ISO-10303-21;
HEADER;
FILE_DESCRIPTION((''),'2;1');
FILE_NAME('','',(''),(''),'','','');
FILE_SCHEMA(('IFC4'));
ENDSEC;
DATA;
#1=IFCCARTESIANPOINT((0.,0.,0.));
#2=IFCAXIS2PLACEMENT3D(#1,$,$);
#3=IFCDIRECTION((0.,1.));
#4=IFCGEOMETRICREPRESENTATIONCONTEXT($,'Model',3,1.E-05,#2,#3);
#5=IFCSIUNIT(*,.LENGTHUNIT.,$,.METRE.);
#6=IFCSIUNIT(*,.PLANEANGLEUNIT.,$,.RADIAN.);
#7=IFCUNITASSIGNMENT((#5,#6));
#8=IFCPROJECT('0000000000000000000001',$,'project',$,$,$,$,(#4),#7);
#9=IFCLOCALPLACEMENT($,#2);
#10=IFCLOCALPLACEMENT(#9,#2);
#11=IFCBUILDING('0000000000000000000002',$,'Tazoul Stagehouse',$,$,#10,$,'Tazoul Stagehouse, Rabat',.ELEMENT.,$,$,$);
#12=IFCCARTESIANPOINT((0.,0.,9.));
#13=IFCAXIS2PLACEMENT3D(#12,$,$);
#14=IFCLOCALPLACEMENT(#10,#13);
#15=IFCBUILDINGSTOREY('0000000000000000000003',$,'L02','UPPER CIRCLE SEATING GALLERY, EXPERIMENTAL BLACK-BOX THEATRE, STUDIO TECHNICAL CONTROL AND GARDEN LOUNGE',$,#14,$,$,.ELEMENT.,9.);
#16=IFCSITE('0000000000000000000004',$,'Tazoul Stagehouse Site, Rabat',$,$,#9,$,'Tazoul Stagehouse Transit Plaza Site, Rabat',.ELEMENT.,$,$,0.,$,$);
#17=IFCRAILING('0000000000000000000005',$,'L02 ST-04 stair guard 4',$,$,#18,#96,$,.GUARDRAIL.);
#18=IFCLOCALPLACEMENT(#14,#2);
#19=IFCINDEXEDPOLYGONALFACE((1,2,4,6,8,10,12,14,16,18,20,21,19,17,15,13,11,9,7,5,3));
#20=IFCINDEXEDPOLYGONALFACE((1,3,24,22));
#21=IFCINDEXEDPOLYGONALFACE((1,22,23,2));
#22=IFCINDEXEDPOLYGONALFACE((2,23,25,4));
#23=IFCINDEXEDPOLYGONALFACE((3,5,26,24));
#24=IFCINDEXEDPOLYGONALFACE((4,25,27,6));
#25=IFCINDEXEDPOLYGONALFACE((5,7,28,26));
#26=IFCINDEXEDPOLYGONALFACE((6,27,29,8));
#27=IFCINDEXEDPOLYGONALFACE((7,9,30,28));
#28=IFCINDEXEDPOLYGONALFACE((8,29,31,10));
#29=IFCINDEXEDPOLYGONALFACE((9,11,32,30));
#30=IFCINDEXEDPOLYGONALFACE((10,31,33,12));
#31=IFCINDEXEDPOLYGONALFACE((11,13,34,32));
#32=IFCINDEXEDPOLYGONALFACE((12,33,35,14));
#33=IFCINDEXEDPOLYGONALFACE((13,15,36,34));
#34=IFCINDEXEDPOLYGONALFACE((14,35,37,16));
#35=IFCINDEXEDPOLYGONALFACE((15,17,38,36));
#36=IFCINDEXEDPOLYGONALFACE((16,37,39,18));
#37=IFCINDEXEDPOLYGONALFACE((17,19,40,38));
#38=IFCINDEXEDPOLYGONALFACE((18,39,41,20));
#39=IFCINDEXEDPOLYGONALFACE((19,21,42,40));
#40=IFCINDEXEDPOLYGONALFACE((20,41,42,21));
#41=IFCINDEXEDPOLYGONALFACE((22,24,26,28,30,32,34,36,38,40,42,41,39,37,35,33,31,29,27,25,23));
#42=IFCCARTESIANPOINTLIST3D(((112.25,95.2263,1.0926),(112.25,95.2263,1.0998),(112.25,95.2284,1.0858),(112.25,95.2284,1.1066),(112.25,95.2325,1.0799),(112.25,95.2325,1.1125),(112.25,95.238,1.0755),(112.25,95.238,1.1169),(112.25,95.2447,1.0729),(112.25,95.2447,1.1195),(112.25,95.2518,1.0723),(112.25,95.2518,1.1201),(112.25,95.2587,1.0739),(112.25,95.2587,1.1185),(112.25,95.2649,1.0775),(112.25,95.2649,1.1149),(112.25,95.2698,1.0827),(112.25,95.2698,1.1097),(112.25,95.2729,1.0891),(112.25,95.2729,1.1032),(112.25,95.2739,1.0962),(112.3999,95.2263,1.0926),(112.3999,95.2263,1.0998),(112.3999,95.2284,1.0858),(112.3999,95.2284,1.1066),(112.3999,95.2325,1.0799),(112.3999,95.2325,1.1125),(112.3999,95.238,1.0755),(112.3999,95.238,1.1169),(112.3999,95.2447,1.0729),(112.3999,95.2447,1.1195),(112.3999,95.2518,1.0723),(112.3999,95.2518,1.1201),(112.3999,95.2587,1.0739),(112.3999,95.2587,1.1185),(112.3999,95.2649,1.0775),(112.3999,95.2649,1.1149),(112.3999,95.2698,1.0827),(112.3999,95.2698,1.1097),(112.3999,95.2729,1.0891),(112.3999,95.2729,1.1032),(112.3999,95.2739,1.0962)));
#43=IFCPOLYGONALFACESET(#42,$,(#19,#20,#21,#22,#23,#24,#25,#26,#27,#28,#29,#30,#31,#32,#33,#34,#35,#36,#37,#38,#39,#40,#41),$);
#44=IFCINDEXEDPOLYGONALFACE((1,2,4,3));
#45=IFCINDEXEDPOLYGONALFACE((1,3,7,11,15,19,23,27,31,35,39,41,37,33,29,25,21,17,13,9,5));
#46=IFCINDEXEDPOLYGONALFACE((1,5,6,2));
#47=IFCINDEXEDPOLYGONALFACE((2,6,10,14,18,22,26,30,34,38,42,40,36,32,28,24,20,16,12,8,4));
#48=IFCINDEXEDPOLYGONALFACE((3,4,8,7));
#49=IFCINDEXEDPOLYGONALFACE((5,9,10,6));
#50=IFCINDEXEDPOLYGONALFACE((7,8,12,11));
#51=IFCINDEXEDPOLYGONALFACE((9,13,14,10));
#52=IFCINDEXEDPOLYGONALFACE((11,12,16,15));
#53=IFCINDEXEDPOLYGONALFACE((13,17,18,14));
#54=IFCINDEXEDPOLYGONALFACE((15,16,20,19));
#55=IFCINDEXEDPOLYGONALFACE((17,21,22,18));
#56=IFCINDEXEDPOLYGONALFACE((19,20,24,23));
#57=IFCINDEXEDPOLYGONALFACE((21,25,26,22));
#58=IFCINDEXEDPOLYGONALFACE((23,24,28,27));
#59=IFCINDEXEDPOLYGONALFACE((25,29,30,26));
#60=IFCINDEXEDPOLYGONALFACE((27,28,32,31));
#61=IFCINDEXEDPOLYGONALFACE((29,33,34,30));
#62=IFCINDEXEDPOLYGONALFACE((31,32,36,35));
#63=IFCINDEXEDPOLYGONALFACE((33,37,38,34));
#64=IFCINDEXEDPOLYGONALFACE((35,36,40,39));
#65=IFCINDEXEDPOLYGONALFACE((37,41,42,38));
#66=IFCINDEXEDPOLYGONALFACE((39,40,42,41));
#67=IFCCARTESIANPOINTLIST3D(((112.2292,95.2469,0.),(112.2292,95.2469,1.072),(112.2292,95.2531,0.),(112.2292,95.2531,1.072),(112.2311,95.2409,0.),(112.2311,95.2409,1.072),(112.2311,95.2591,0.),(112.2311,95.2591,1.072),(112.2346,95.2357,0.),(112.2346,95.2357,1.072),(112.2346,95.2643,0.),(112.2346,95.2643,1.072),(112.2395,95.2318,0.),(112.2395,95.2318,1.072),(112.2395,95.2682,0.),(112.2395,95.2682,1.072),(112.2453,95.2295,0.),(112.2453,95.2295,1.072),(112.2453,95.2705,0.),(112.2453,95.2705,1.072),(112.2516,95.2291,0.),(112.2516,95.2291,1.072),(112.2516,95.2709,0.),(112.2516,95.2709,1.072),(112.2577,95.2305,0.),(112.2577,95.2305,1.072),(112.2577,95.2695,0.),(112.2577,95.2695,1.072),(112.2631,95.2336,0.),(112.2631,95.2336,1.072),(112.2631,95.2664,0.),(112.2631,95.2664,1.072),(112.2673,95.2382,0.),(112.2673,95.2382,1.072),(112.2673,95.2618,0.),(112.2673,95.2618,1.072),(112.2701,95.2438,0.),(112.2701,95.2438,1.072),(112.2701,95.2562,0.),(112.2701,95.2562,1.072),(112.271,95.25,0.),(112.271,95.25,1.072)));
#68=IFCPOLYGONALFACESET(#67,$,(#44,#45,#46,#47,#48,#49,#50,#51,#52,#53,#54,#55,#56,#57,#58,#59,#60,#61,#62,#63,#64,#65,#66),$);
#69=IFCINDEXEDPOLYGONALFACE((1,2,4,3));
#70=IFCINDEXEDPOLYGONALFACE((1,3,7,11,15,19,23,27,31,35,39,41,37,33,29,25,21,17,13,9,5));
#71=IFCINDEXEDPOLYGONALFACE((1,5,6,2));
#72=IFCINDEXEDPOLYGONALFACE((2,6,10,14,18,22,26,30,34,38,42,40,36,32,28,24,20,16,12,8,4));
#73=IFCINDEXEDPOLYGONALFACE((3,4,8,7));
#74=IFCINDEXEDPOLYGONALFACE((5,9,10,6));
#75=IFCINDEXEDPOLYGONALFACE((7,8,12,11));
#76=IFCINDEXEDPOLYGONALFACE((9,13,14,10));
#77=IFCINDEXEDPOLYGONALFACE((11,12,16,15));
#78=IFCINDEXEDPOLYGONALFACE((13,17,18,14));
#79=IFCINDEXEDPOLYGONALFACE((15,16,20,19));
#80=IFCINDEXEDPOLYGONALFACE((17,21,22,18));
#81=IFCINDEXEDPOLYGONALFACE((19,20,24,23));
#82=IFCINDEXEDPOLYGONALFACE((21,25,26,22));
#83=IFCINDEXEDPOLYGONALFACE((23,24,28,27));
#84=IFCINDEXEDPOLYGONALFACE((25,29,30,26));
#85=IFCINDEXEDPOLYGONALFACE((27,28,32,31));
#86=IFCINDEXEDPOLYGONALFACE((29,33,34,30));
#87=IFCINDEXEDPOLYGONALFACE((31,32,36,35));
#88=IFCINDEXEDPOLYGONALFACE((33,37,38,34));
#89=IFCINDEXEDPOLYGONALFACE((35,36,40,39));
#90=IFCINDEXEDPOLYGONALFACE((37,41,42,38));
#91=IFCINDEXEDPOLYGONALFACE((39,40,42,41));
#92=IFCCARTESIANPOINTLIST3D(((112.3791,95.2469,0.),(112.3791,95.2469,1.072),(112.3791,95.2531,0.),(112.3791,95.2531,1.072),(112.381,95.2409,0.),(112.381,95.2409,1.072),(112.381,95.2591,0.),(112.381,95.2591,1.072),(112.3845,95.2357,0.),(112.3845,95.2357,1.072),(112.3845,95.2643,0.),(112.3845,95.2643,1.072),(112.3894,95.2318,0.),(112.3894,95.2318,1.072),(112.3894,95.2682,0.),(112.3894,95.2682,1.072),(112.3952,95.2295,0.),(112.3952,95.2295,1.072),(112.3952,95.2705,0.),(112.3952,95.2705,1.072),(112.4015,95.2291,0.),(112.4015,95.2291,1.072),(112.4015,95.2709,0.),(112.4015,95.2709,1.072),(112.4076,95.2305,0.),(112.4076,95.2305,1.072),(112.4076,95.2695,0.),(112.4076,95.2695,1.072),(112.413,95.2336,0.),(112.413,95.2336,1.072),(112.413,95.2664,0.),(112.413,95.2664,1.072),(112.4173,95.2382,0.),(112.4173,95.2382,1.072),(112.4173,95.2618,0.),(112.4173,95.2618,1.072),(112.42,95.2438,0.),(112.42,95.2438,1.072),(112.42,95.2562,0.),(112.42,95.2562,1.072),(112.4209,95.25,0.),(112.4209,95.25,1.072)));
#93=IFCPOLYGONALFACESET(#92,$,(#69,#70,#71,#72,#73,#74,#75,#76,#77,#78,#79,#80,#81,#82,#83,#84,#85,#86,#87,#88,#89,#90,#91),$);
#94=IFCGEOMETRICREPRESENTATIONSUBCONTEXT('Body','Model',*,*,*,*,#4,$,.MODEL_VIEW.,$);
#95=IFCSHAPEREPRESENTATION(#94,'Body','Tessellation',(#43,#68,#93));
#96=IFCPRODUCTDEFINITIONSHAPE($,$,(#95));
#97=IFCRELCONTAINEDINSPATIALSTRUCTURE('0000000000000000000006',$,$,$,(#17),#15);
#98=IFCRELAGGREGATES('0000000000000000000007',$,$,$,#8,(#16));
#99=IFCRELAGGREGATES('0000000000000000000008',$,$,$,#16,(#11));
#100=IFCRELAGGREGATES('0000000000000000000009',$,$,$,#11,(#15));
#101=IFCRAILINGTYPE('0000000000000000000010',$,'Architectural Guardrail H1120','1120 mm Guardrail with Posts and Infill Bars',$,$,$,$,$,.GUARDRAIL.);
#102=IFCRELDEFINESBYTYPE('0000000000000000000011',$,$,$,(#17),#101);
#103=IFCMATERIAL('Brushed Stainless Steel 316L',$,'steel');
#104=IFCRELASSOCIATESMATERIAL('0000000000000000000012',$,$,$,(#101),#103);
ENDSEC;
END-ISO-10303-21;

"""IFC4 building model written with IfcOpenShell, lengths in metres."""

from ifc_helpers import new_model, si_unit, direction, frame, origin, origin_2d, place, context, subcontext, project, spatial, circle, extrude, material, material_profile, profile_set, type_object, element, save


model = new_model("IFC4")

# Units and contexts
model_context = context("Model", 3, precision=1e-05, world=origin(), true_north=direction((0.0, 1.0)))
body_context = subcontext(model_context, "Body", "Model", "MODEL_VIEW")
ifc_project = project(units=[si_unit("LENGTHUNIT", "METRE"), si_unit("PLANEANGLEUNIT", "RADIAN")], contexts=[model_context])

# Site, building, storey
site_placement = place(None, origin())
site = spatial("IfcSite", under=ifc_project, at=site_placement, Name="Tazoul Stagehouse Site, Rabat", LongName="Tazoul Stagehouse Transit Plaza Site, Rabat", CompositionType="ELEMENT", RefElevation=0.0)
building_placement = place(site_placement, origin())
building = spatial("IfcBuilding", under=site, at=building_placement, Name="Tazoul Stagehouse", LongName="Tazoul Stagehouse, Rabat", CompositionType="ELEMENT")
storey_placement = place(building_placement, frame((0.0, 0.0, 9.0)))
storey = spatial("IfcBuildingStorey", under=building, at=storey_placement, Name="L02", Description="UPPER CIRCLE SEATING GALLERY, EXPERIMENTAL BLACK-BOX THEATRE, STUDIO TECHNICAL CONTROL AND GARDEN LOUNGE", CompositionType="ELEMENT", Elevation=9.0)

# Railing
ifc_material_1 = material(Name="Brushed Stainless Steel 316L", Category="steel")
ifc_material_profile_1 = material_profile(ifc_material_1, circle(Radius=0.0239, at=origin_2d()), Name="SS RAIL D48")
ifc_profile_set_1 = profile_set([ifc_material_profile_1], Name="Brushed Stainless Steel 316L")
railing_type_1 = type_object("IfcRailingType", Name="Architectural Guardrail H1120", Description="1120 mm Guardrail with Posts and Infill Bars", PredefinedType="GUARDRAIL", material=ifc_profile_set_1)
railing_1_placement = place(storey_placement, frame((112.25, 95.25, 0.0)))
element("IfcRailing", 1, at=railing_1_placement, inside=storey, type_object=railing_type_1, Name="L02 ST-04 stair guard 4", PredefinedType="GUARDRAIL", context=body_context, shape_type="SweptSolid", body=[
    extrude(circle(Radius=0.0239, at=origin_2d()), frame((0.0, 0.0, 1.0962), z_axis=(1.0, 0.0, 0.0), x_axis=(0.0, 1.0, 0.0)), (0.0, 0.0, 1.0), 0.1499),
    extrude(circle(Radius=0.021, at=origin_2d()), origin(), (0.0, 0.0, 1.0), 1.072),
    extrude(circle(Radius=0.021, at=origin_2d()), frame((0.1499, 0.0, 0.0)), (0.0, 0.0, 1.0), 1.072),
])

save(model, "model.ifc")
